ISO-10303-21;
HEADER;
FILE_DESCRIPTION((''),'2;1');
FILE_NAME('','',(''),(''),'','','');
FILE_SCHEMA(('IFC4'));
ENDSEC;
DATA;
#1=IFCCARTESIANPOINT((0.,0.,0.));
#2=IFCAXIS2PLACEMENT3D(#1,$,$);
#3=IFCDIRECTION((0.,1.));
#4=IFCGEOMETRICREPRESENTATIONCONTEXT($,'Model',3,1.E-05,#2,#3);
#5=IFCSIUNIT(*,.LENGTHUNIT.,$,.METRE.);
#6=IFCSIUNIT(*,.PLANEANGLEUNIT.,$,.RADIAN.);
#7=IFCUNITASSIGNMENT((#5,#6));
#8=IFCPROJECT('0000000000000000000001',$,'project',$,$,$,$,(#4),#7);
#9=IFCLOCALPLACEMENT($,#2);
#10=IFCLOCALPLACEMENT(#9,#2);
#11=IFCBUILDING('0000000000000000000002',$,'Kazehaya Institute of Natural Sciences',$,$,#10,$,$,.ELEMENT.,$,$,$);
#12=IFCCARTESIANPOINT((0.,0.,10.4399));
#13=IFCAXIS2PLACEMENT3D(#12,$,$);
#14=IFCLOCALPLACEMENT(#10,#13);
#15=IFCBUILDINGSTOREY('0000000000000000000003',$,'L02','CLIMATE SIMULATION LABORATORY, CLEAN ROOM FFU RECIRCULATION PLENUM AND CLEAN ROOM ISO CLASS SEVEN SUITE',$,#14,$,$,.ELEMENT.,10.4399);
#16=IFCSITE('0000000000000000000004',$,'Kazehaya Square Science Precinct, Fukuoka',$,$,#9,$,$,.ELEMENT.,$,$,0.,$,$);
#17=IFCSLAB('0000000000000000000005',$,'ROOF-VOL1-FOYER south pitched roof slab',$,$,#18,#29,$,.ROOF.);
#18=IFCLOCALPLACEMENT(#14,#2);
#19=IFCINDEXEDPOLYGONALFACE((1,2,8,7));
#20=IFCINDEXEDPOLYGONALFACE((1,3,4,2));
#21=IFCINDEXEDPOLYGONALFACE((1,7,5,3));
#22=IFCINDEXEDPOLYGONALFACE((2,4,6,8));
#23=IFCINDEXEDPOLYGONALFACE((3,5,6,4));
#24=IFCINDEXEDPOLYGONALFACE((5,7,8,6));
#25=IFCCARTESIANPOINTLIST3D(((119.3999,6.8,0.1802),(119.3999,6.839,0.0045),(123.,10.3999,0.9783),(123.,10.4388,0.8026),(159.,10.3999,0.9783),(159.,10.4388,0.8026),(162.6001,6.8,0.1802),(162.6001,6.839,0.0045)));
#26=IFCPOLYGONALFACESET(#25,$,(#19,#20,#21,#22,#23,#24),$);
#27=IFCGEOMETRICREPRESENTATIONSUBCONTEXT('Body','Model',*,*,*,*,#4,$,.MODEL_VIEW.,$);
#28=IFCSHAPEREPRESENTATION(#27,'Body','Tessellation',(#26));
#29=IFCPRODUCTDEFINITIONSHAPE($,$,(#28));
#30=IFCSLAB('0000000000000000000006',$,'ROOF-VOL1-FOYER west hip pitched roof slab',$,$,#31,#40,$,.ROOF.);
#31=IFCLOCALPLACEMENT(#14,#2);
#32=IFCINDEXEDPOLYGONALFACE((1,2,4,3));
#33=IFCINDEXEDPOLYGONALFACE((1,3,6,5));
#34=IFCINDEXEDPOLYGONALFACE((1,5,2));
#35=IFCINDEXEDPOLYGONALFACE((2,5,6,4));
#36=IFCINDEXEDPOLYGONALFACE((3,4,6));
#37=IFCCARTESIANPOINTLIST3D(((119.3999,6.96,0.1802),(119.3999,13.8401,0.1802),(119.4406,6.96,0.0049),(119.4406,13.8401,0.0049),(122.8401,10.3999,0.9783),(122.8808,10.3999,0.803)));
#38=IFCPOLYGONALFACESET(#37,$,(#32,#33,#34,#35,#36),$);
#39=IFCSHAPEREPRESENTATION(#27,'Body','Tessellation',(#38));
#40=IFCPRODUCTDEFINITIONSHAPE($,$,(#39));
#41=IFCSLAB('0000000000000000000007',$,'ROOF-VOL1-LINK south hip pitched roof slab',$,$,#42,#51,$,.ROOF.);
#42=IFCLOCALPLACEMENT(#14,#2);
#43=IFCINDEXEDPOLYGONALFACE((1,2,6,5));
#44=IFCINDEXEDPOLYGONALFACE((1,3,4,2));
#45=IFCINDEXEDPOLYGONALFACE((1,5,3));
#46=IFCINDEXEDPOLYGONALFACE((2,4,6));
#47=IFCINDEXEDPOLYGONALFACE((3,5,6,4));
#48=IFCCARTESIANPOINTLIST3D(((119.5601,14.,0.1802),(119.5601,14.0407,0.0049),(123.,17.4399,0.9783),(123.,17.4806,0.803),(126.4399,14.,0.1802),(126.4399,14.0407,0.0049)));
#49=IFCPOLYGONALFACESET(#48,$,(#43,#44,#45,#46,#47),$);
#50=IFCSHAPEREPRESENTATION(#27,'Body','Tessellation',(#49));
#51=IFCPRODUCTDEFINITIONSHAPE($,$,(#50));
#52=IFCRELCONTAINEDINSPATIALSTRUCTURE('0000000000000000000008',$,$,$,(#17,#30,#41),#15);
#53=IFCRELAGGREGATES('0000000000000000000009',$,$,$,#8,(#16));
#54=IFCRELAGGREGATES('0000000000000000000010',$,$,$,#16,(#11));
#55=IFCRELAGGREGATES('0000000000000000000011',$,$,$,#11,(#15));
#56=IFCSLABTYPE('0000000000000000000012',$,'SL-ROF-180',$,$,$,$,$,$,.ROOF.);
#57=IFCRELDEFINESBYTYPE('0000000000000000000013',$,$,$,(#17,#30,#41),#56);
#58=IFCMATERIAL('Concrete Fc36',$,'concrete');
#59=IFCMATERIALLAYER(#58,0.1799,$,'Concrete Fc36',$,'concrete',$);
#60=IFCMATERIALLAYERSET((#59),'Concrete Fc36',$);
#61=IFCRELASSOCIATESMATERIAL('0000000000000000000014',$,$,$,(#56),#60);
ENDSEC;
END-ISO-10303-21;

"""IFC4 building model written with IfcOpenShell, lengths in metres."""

from ifc_helpers import new_model, si_unit, direction, frame, origin, place, context, subcontext, project, spatial, polyline, outline, extrude, material, layer, layer_set, type_object, element, save


model = new_model("IFC4")

# Units and contexts
model_context = context("Model", 3, precision=1e-05, world=origin(), true_north=direction((0.0, 1.0)))
body_context = subcontext(model_context, "Body", "Model", "MODEL_VIEW")
ifc_project = project(units=[si_unit("LENGTHUNIT", "METRE"), si_unit("PLANEANGLEUNIT", "RADIAN")], contexts=[model_context])

# Site, building, storey
site_placement = place(None, origin())
site = spatial("IfcSite", under=ifc_project, at=site_placement, Name="Kazehaya Square Science Precinct, Fukuoka", CompositionType="ELEMENT", RefElevation=0.0)
building_placement = place(site_placement, origin())
building = spatial("IfcBuilding", under=site, at=building_placement, Name="Kazehaya Institute of Natural Sciences", CompositionType="ELEMENT")
storey_placement = place(building_placement, frame((0.0, 0.0, 10.4399)))
storey = spatial("IfcBuildingStorey", under=building, at=storey_placement, Name="L02", Description="CLIMATE SIMULATION LABORATORY, CLEAN ROOM FFU RECIRCULATION PLENUM AND CLEAN ROOM ISO CLASS SEVEN SUITE", CompositionType="ELEMENT", Elevation=10.4399)

# Shared definitions
ifc_material_1 = material(Name="Concrete Fc36", Category="concrete")

# Slabs
ifc_layer_1 = layer(ifc_material_1, 0.1799, Name="Concrete Fc36", Category="concrete")
ifc_layer_set_1 = layer_set([ifc_layer_1], Name="Concrete Fc36")
slab_type = type_object("IfcSlabType", Name="SL-ROF-180", PredefinedType="ROOF", material=ifc_layer_set_1)
slab_1_placement = place(storey_placement, frame((119.3999, 6.8, 0.1802), z_axis=(0.0, -0.216447, 0.976294), x_axis=(1.0, 0.0, 0.0)))
element("IfcSlab", 1, at=slab_1_placement, inside=storey, type_object=slab_type, Name="ROOF-VOL1-FOYER south pitched roof slab", PredefinedType="ROOF", context=body_context, shape_type="SweptSolid", body=[
    extrude(outline(polyline([(0.0, 0.0), (43.2002, 0.0), (39.6001, 3.6873), (3.6001, 3.6873), (0.0, 0.0)])), origin(), (0.0, 0.0, -1.0), 0.1799),
])
slab_2_placement = place(storey_placement, frame((119.3999, 13.8401, 0.1802), z_axis=(-0.22599, 0.0, 0.97413), x_axis=(0.0, -1.0, 0.0)))
element("IfcSlab", 2, at=slab_2_placement, inside=storey, type_object=slab_type, Name="ROOF-VOL1-FOYER west hip pitched roof slab", PredefinedType="ROOF", context=body_context, shape_type="SweptSolid", body=[
    extrude(outline(polyline([(0.0, 0.0), (6.8801, 0.0), (3.4402, 3.5315), (0.0, 0.0)])), origin(), (0.0, 0.0, -1.0), 0.1799),
])
slab_3_placement = place(storey_placement, frame((119.5601, 14.0, 0.1802), z_axis=(0.0, -0.226006, 0.974126), x_axis=(1.0, 0.0, 0.0)))
element("IfcSlab", 3, at=slab_3_placement, inside=storey, type_object=slab_type, Name="ROOF-VOL1-LINK south hip pitched roof slab", PredefinedType="ROOF", context=body_context, shape_type="SweptSolid", body=[
    extrude(outline(polyline([(0.0, 0.0), (6.8799, 0.0), (3.4399, 3.5313), (0.0, 0.0)])), origin(), (0.0, 0.0, -1.0), 0.1799),
])

save(model, "model.ifc")
